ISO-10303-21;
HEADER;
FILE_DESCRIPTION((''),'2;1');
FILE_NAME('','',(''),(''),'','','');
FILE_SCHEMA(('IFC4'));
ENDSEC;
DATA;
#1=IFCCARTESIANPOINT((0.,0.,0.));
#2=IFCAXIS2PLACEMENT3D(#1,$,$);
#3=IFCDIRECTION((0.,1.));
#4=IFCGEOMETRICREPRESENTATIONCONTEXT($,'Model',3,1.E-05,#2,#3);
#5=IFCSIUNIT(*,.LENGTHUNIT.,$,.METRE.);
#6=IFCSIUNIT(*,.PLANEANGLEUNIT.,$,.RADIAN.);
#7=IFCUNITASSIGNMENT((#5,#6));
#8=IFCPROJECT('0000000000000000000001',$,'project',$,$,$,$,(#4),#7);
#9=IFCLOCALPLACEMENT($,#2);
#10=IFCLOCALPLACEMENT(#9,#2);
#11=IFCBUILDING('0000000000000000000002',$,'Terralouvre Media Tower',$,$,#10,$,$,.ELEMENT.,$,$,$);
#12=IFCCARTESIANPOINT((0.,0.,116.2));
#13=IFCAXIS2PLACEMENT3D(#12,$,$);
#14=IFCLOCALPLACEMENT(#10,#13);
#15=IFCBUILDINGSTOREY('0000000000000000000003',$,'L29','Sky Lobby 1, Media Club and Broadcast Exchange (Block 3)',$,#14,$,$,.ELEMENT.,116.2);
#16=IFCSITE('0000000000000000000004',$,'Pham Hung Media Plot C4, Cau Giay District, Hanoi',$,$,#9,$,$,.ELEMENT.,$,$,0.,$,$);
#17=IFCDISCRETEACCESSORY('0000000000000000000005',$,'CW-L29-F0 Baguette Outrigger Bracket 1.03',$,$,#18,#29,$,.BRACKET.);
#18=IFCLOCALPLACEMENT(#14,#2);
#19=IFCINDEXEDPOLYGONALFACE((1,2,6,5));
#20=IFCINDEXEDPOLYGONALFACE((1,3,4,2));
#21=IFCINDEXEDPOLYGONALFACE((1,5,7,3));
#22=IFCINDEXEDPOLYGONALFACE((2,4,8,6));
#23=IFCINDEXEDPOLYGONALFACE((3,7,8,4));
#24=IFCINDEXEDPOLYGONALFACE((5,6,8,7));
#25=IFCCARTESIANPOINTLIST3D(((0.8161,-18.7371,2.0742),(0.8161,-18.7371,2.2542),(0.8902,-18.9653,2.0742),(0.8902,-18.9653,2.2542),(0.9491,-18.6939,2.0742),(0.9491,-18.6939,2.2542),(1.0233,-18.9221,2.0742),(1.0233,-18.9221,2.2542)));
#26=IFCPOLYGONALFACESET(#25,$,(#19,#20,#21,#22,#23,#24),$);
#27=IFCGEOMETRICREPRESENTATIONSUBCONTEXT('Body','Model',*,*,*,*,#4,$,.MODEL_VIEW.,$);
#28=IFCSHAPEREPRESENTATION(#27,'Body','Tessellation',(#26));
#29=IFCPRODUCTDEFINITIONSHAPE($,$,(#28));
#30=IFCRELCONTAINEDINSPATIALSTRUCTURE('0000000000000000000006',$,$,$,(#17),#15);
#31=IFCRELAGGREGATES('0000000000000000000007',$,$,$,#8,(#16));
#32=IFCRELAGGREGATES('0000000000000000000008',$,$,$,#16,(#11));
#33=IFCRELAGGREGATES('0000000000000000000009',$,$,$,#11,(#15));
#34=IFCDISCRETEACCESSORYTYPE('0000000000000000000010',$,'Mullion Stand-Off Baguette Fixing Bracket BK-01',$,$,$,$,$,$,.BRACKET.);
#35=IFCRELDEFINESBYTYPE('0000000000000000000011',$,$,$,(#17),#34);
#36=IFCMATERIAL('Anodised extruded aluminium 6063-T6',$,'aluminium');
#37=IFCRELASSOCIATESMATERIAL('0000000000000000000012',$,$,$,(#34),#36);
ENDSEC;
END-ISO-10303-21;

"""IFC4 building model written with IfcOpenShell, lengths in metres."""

from ifc_helpers import new_model, si_unit, direction, frame, origin, origin_2d, place, context, subcontext, project, spatial, rectangle, extrude, material, type_object, element, save


model = new_model("IFC4")

# Units and contexts
model_context = context("Model", 3, precision=1e-05, world=origin(), true_north=direction((0.0, 1.0)))
body_context = subcontext(model_context, "Body", "Model", "MODEL_VIEW")
ifc_project = project(units=[si_unit("LENGTHUNIT", "METRE"), si_unit("PLANEANGLEUNIT", "RADIAN")], contexts=[model_context])

# Site, building, storey
site_placement = place(None, origin())
site = spatial("IfcSite", under=ifc_project, at=site_placement, Name="Pham Hung Media Plot C4, Cau Giay District, Hanoi", CompositionType="ELEMENT", RefElevation=0.0)
building_placement = place(site_placement, origin())
building = spatial("IfcBuilding", under=site, at=building_placement, Name="Terralouvre Media Tower", CompositionType="ELEMENT")
storey_placement = place(building_placement, frame((0.0, 0.0, 116.2)))
storey = spatial("IfcBuildingStorey", under=building, at=storey_placement, Name="L29", Description="Sky Lobby 1, Media Club and Broadcast Exchange (Block 3)", CompositionType="ELEMENT", Elevation=116.2)

# Discrete accessory
ifc_material_1 = material(Name="Anodised extruded aluminium 6063-T6", Category="aluminium")
discrete_accessory_type = type_object("IfcDiscreteAccessoryType", Name="Mullion Stand-Off Baguette Fixing Bracket BK-01", PredefinedType="BRACKET", material=ifc_material_1)
discrete_accessory_placement = place(storey_placement, frame((0.9197, -18.8296, 2.0742), z_axis=(0.0, 0.0, 1.0), x_axis=(0.951057, 0.309017, 0.0)))
element("IfcDiscreteAccessory", 1, at=discrete_accessory_placement, inside=storey, type_object=discrete_accessory_type, Name="CW-L29-F0 Baguette Outrigger Bracket 1.03", PredefinedType="BRACKET", context=body_context, shape_type="SweptSolid", body=[
    extrude(rectangle(XDim=0.1399, YDim=0.24, at=origin_2d()), origin(), (0.0, 0.0, 1.0), 0.1799),
])

save(model, "model.ifc")
